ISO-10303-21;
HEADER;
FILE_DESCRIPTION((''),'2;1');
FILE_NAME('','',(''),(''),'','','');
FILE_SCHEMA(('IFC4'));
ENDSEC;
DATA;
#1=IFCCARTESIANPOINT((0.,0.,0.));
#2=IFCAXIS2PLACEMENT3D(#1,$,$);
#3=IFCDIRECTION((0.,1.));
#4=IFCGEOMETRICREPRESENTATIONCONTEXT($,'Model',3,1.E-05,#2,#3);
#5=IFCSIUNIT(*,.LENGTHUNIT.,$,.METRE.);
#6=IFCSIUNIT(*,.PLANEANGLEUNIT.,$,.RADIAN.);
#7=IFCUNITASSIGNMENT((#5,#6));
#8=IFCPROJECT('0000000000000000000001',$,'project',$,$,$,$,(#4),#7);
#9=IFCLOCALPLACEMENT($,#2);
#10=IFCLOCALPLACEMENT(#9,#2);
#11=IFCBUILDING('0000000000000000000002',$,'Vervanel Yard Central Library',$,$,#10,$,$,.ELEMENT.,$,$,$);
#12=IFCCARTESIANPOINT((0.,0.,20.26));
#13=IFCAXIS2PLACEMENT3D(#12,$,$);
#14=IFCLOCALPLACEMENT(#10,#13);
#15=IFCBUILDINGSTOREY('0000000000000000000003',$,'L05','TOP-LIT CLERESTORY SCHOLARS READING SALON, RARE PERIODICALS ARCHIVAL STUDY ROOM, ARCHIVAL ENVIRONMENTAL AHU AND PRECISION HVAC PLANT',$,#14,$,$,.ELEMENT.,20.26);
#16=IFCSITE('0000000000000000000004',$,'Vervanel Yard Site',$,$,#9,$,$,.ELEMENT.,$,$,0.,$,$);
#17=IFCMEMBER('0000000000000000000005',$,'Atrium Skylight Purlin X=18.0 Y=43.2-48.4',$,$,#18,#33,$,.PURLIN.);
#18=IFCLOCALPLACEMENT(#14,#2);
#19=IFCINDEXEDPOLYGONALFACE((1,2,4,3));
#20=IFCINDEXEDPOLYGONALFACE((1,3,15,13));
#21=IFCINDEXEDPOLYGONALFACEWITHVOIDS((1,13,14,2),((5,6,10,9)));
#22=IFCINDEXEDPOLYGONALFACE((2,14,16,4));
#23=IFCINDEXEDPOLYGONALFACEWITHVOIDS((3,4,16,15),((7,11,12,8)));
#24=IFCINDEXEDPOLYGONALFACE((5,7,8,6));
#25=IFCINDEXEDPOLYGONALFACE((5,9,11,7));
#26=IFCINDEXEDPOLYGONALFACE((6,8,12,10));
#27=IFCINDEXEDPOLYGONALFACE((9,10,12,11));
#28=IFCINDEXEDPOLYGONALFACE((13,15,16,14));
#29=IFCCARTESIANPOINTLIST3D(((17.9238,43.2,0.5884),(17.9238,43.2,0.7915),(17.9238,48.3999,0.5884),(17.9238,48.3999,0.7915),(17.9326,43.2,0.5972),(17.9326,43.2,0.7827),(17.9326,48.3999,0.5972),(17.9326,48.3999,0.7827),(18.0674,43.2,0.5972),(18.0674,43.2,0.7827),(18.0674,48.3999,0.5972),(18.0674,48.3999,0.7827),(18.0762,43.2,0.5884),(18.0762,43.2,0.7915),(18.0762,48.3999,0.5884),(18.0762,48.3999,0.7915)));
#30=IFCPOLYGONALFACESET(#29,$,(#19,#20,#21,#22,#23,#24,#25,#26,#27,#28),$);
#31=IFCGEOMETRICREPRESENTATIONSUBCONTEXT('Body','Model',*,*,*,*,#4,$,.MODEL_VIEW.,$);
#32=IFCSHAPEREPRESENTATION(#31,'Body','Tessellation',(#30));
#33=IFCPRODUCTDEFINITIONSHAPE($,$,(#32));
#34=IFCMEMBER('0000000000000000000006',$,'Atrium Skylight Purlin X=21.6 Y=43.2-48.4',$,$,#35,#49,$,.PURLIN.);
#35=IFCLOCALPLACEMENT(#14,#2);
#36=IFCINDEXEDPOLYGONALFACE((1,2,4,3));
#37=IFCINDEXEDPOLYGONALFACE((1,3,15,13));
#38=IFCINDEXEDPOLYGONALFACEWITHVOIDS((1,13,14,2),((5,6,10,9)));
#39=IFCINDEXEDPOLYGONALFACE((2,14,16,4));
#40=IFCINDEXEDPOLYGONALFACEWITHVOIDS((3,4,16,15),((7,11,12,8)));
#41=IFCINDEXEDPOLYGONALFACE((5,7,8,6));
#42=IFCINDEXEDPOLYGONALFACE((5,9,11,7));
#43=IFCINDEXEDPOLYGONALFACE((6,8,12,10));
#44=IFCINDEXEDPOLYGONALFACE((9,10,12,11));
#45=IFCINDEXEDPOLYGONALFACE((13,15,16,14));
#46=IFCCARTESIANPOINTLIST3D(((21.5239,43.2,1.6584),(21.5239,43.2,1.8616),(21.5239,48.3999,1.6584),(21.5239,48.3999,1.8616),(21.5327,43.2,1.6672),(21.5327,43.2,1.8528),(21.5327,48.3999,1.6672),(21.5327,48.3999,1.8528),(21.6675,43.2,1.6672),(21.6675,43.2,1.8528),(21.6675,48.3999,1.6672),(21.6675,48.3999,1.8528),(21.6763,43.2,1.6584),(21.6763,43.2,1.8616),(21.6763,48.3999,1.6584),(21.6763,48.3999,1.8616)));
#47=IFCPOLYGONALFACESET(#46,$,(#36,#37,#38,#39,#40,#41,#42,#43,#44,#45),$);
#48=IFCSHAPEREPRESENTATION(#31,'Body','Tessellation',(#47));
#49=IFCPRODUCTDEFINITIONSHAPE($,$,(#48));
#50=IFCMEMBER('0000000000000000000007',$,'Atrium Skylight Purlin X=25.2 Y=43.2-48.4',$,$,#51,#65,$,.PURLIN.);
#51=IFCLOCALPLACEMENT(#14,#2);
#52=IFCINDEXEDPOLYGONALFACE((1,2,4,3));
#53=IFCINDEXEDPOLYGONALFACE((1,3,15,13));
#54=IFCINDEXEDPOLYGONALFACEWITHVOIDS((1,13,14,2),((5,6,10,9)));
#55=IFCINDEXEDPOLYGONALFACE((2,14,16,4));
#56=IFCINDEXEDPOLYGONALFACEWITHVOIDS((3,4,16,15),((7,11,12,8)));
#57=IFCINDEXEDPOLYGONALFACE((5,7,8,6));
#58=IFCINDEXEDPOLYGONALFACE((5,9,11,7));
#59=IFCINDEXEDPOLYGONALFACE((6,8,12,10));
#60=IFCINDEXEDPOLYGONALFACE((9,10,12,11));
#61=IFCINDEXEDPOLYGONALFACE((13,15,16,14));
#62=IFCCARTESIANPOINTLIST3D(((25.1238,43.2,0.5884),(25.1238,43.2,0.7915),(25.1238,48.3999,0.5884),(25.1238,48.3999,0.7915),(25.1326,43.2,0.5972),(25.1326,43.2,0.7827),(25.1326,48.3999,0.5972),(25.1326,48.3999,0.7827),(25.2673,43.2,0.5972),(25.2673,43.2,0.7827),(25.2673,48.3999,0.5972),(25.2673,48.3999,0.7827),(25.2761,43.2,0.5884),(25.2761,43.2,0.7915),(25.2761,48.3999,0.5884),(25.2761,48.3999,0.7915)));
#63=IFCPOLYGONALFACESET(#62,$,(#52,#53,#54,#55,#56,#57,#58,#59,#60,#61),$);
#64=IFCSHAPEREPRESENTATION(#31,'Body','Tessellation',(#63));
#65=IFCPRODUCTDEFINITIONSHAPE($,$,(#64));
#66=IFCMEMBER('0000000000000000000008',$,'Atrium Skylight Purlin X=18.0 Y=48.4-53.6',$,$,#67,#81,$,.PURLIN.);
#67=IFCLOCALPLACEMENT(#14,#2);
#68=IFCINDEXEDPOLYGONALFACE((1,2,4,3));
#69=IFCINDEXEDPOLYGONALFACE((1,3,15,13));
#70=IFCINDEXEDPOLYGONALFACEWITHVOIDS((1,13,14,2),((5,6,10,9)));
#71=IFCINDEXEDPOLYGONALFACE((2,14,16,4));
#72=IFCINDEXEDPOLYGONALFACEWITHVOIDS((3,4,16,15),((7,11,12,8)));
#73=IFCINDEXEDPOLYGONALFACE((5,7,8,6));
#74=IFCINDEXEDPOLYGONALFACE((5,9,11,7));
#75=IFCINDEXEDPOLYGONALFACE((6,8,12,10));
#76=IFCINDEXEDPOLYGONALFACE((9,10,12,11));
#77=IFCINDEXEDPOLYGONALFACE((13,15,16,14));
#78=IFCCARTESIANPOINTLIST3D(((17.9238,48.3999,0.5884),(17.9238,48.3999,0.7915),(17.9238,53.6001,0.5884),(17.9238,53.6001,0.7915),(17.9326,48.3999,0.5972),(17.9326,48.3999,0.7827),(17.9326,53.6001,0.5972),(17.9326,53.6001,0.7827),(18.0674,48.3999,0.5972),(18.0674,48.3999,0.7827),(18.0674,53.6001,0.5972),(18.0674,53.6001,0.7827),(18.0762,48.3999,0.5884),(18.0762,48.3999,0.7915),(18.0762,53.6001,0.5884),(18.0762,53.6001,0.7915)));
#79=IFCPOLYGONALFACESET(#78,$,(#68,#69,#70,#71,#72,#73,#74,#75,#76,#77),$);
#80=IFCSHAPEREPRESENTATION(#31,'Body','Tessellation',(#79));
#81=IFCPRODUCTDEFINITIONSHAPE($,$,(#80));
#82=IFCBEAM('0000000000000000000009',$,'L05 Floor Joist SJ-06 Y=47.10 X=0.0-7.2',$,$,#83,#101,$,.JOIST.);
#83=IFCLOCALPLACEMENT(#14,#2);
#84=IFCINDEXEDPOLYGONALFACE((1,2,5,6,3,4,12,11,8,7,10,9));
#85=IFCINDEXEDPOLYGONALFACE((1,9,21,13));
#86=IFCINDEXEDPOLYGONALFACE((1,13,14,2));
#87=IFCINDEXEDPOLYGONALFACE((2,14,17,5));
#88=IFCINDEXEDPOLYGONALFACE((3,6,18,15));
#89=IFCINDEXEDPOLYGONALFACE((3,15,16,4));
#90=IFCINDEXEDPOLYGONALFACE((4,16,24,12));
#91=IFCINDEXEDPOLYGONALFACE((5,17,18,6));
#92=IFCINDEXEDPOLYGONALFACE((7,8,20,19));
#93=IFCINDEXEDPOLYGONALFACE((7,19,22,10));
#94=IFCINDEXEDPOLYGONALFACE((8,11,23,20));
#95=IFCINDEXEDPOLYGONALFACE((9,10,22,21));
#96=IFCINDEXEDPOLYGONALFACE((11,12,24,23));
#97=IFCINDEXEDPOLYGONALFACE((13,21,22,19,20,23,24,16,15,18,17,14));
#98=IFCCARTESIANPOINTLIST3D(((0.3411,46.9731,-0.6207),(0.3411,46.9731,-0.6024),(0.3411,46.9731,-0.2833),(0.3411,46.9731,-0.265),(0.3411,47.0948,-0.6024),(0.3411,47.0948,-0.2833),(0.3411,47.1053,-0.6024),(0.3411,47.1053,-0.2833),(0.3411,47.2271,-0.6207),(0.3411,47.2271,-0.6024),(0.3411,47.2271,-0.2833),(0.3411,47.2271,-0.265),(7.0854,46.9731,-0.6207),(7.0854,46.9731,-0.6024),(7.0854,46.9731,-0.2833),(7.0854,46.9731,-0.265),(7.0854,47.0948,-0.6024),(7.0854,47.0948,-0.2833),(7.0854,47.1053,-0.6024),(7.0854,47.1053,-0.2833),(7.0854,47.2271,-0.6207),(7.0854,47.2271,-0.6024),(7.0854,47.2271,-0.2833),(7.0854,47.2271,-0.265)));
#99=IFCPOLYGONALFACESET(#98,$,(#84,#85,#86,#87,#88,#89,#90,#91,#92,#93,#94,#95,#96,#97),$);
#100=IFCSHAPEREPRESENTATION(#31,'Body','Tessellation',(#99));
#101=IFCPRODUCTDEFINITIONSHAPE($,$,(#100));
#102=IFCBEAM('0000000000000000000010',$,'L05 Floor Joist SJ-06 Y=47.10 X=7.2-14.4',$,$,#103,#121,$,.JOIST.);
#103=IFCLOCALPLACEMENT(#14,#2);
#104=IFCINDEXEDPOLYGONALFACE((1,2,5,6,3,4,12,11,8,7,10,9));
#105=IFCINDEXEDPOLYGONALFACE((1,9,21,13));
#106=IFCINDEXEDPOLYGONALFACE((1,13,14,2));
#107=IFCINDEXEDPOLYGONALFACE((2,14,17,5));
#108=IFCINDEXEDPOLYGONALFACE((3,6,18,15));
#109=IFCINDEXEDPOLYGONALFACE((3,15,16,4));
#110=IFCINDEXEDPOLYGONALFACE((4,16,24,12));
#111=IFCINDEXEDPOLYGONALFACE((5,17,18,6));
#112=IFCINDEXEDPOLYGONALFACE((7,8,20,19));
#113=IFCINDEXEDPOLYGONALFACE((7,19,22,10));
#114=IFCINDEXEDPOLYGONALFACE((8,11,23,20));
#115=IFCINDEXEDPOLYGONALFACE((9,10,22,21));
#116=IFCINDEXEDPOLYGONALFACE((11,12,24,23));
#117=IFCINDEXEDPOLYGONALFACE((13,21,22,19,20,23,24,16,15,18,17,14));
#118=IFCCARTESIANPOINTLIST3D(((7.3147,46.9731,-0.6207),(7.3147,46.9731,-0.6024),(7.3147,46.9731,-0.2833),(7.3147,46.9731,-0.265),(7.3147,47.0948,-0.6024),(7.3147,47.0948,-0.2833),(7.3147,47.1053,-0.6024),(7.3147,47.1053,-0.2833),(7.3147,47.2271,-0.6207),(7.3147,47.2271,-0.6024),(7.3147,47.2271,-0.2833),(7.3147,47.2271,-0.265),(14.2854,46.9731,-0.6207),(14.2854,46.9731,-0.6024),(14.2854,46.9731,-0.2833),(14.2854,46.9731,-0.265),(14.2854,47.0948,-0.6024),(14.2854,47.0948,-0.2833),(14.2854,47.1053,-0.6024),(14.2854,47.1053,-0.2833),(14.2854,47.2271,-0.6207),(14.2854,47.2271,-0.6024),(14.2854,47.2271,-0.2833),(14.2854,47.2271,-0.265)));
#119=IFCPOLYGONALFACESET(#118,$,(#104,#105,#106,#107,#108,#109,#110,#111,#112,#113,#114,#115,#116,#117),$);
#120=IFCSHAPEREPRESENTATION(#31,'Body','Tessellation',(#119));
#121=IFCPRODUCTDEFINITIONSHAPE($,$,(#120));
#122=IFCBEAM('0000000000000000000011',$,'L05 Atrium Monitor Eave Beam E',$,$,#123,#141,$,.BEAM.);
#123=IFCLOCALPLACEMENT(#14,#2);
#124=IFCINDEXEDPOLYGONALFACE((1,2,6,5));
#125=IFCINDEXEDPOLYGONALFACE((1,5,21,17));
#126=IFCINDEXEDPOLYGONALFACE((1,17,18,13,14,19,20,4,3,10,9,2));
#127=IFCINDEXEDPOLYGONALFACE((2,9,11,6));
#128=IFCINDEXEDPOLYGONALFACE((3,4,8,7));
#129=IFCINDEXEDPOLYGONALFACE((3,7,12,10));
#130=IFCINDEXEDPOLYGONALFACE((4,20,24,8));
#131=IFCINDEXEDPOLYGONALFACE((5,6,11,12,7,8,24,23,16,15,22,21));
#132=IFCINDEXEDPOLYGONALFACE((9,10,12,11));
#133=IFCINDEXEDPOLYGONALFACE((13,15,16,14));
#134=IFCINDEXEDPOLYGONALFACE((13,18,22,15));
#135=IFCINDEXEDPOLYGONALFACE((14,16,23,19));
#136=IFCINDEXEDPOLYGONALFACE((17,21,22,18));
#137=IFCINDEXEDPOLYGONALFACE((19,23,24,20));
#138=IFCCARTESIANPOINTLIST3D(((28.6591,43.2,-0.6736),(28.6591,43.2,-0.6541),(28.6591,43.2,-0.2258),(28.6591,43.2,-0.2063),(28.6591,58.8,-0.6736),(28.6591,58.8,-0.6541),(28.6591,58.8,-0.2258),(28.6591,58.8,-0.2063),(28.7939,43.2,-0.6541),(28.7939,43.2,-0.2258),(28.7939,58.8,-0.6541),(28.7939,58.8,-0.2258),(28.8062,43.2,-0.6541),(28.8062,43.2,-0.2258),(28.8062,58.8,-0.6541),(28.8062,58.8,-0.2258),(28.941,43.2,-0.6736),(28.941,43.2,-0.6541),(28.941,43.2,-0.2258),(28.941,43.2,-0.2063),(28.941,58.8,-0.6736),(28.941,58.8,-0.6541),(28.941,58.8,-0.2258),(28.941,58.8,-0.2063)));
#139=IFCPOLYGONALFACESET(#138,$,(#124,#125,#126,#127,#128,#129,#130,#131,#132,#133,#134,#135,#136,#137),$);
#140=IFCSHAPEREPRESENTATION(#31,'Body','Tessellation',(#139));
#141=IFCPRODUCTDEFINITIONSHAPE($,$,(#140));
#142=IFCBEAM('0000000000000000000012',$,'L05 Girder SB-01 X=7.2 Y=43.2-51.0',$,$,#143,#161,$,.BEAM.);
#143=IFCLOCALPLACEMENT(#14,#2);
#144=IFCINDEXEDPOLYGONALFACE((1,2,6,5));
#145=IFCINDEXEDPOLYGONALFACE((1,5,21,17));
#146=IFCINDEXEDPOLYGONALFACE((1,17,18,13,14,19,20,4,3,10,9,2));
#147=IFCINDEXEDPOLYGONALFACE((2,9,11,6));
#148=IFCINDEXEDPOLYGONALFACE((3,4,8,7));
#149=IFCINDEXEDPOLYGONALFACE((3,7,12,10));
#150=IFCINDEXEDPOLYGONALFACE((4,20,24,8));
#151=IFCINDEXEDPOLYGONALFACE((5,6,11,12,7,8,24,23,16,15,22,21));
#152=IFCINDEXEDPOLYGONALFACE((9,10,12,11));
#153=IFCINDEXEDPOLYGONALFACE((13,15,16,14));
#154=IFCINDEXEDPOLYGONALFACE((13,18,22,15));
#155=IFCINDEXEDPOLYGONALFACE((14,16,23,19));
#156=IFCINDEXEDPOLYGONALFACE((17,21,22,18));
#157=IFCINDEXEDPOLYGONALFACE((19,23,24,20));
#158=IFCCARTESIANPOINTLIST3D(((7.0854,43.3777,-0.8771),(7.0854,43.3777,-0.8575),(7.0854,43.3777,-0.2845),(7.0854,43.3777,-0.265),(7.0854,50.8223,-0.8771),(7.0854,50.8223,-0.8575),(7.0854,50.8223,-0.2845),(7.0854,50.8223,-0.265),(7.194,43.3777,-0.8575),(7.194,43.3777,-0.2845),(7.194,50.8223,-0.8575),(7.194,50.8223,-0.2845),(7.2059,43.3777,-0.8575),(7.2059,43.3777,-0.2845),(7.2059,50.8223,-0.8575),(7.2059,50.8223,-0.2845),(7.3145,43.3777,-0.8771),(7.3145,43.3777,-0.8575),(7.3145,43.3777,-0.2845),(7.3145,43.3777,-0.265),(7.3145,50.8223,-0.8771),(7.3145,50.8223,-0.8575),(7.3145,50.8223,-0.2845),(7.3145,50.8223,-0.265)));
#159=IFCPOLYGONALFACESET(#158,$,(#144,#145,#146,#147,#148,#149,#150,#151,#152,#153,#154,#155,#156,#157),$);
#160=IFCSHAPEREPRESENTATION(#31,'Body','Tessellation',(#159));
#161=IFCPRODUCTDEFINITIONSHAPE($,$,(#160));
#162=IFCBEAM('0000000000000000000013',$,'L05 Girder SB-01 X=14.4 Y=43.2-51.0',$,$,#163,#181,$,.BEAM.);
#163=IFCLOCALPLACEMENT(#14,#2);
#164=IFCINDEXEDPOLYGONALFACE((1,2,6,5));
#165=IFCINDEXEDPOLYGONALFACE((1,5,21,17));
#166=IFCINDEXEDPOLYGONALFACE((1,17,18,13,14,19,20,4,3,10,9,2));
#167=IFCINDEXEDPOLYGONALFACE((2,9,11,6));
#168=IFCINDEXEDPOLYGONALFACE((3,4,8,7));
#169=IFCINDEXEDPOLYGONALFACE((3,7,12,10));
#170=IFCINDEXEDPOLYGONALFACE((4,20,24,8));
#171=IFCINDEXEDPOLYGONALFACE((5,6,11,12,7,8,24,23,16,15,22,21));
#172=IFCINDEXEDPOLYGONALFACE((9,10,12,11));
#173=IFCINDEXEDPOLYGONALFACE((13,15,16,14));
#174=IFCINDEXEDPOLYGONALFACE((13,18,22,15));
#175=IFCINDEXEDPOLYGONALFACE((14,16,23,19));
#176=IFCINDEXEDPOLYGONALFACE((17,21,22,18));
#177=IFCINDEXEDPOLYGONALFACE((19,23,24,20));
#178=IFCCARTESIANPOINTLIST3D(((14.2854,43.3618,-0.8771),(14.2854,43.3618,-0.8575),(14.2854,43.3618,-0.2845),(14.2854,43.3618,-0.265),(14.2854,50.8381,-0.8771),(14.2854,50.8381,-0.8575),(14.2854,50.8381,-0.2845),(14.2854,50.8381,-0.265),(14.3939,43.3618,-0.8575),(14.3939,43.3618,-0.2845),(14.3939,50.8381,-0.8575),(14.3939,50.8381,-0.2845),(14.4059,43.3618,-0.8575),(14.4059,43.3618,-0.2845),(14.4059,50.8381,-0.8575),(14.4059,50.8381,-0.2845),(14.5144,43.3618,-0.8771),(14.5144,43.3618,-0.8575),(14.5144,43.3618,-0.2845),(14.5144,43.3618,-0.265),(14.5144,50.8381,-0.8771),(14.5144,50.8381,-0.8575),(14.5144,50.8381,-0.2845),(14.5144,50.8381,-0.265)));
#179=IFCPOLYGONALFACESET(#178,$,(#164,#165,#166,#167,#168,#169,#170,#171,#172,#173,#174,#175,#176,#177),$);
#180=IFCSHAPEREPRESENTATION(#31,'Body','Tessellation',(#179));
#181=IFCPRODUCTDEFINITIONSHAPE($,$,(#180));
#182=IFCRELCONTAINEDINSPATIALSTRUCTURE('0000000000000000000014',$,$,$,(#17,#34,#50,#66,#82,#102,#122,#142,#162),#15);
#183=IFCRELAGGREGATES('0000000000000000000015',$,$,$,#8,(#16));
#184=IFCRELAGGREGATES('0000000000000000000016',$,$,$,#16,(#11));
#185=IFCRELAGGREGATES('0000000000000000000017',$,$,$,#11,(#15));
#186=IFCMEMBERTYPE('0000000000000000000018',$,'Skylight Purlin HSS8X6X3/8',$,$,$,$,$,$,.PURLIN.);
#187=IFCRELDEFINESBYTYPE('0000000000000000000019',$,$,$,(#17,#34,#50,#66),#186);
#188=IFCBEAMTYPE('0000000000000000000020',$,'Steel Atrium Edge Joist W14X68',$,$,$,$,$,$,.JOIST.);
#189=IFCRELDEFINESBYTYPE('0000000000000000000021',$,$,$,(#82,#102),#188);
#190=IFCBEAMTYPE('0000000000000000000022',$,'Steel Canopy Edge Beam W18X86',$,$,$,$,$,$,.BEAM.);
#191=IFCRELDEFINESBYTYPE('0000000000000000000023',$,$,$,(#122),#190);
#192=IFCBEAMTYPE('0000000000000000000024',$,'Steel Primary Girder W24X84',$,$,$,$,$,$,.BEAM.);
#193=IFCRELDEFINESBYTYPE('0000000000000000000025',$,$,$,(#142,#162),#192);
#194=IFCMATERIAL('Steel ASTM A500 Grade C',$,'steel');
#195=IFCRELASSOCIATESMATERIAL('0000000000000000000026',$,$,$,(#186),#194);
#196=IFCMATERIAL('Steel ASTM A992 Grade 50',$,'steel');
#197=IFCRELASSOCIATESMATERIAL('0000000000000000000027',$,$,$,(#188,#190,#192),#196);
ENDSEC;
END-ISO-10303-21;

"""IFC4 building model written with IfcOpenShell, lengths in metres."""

from ifc_helpers import new_model, si_unit, direction, frame, origin, origin_2d, place, context, subcontext, project, spatial, hollow_rectangle, i_section, extrude, material, material_profile, profile_set, type_object, element, save


model = new_model("IFC4")

# Units and contexts
model_context = context("Model", 3, precision=1e-05, world=origin(), true_north=direction((0.0, 1.0)))
body_context = subcontext(model_context, "Body", "Model", "MODEL_VIEW")
ifc_project = project(units=[si_unit("LENGTHUNIT", "METRE"), si_unit("PLANEANGLEUNIT", "RADIAN")], contexts=[model_context])

# Site, building, storey
site_placement = place(None, origin())
site = spatial("IfcSite", under=ifc_project, at=site_placement, Name="Vervanel Yard Site", CompositionType="ELEMENT", RefElevation=0.0)
building_placement = place(site_placement, origin())
building = spatial("IfcBuilding", under=site, at=building_placement, Name="Vervanel Yard Central Library", CompositionType="ELEMENT")
storey_placement = place(building_placement, frame((0.0, 0.0, 20.26)))
storey = spatial("IfcBuildingStorey", under=building, at=storey_placement, Name="L05", Description="TOP-LIT CLERESTORY SCHOLARS READING SALON, RARE PERIODICALS ARCHIVAL STUDY ROOM, ARCHIVAL ENVIRONMENTAL AHU AND PRECISION HVAC PLANT", CompositionType="ELEMENT", Elevation=20.26)

# Members
ifc_material_1 = material(Name="Steel ASTM A500 Grade C", Category="steel")
ifc_material_profile_1 = material_profile(ifc_material_1, hollow_rectangle(XDim=0.1523, YDim=0.2031, WallThickness=0.0088, at=origin_2d()), Name="HSS8X6X3/8", Category="steel")
ifc_profile_set_1 = profile_set([ifc_material_profile_1], Name="Steel ASTM A500 Grade C")
member_type_1 = type_object("IfcMemberType", Name="Skylight Purlin HSS8X6X3/8", PredefinedType="PURLIN", material=ifc_profile_set_1)
for number, where, z_axis, x_axis, name in (
    (1, (18.0, 43.2, 0.6899), (0.0, 1.0, 0.0), (-1.0, 0.0, 0.0), "Atrium Skylight Purlin X=18.0 Y=43.2-48.4"),
    (2, (21.6001, 43.2, 1.76), (0.0, 1.0, 0.0), (-1.0, 0.0, 0.0), "Atrium Skylight Purlin X=21.6 Y=43.2-48.4"),
    (3, (25.2, 43.2, 0.6899), (0.0, 1.0, 0.0), (-1.0, 0.0, 0.0), "Atrium Skylight Purlin X=25.2 Y=43.2-48.4"),
):
    element("IfcMember", number, at=place(storey_placement, frame(where, z_axis=z_axis, x_axis=x_axis)), inside=storey, type_object=member_type_1, Name=name, PredefinedType="PURLIN", context=body_context, shape_type="SweptSolid", body=[
        extrude(hollow_rectangle(XDim=0.1523, YDim=0.2031, WallThickness=0.0088, at=origin_2d()), origin(), (0.0, 0.0, 1.0), 5.2),
    ])
member_1_placement = place(storey_placement, frame((18.0, 48.3999, 0.6899), z_axis=(0.0, 1.0, 0.0), x_axis=(-1.0, 0.0, 0.0)))
element("IfcMember", 4, at=member_1_placement, inside=storey, type_object=member_type_1, Name="Atrium Skylight Purlin X=18.0 Y=48.4-53.6", PredefinedType="PURLIN", context=body_context, shape_type="SweptSolid", body=[
    extrude(hollow_rectangle(XDim=0.1523, YDim=0.2031, WallThickness=0.0088, at=origin_2d()), origin(), (0.0, 0.0, 1.0), 5.2002),
])

# Beams
ifc_material_2 = material(Name="Steel ASTM A992 Grade 50", Category="steel")
ifc_material_profile_2 = material_profile(ifc_material_2, i_section(OverallWidth=0.2539, OverallDepth=0.3557, WebThickness=0.0105, FlangeThickness=0.0183, at=origin_2d()), Name="W14X68", Category="steel")
ifc_profile_set_2 = profile_set([ifc_material_profile_2], Name="Steel ASTM A992 Grade 50")
beam_type_1 = type_object("IfcBeamType", Name="Steel Atrium Edge Joist W14X68", PredefinedType="JOIST", material=ifc_profile_set_2)
beam_1_placement = place(storey_placement, frame((0.3411, 47.1001, -0.4429), z_axis=(1.0, 0.0, 0.0), x_axis=(0.0, 1.0, 0.0)))
element("IfcBeam", 5, at=beam_1_placement, inside=storey, type_object=beam_type_1, Name="L05 Floor Joist SJ-06 Y=47.10 X=0.0-7.2", PredefinedType="JOIST", context=body_context, shape_type="SweptSolid", body=[
    extrude(i_section(OverallWidth=0.2539, OverallDepth=0.3557, WebThickness=0.0105, FlangeThickness=0.0183, at=origin_2d()), origin(), (0.0, 0.0, 1.0), 6.7444),
])
beam_2_placement = place(storey_placement, frame((7.3147, 47.1001, -0.4429), z_axis=(1.0, 0.0, 0.0), x_axis=(0.0, 1.0, 0.0)))
element("IfcBeam", 6, at=beam_2_placement, inside=storey, type_object=beam_type_1, Name="L05 Floor Joist SJ-06 Y=47.10 X=7.2-14.4", PredefinedType="JOIST", context=body_context, shape_type="SweptSolid", body=[
    extrude(i_section(OverallWidth=0.2539, OverallDepth=0.3557, WebThickness=0.0105, FlangeThickness=0.0183, at=origin_2d()), origin(), (0.0, 0.0, 1.0), 6.9707),
])
ifc_material_profile_3 = material_profile(ifc_material_2, i_section(OverallWidth=0.282, OverallDepth=0.4673, WebThickness=0.0122, FlangeThickness=0.0195, at=origin_2d()), Name="W18X86", Category="steel")
ifc_profile_set_3 = profile_set([ifc_material_profile_3], Name="Steel ASTM A992 Grade 50")
beam_type_2 = type_object("IfcBeamType", Name="Steel Canopy Edge Beam W18X86", PredefinedType="BEAM", material=ifc_profile_set_3)
beam_3_placement = place(storey_placement, frame((28.8, 43.2, -0.4399), z_axis=(0.0, 1.0, 0.0), x_axis=(-1.0, 0.0, 0.0)))
element("IfcBeam", 7, at=beam_3_placement, inside=storey, type_object=beam_type_2, Name="L05 Atrium Monitor Eave Beam E", PredefinedType="BEAM", context=body_context, shape_type="SweptSolid", body=[
    extrude(i_section(OverallWidth=0.282, OverallDepth=0.4673, WebThickness=0.0122, FlangeThickness=0.0195, at=origin_2d()), origin(), (0.0, 0.0, 1.0), 15.6001),
])
ifc_material_profile_4 = material_profile(ifc_material_2, i_section(OverallWidth=0.229, OverallDepth=0.6121, WebThickness=0.012, FlangeThickness=0.0195, at=origin_2d()), Name="W24X84", Category="steel")
ifc_profile_set_4 = profile_set([ifc_material_profile_4], Name="Steel ASTM A992 Grade 50")
beam_type_3 = type_object("IfcBeamType", Name="Steel Primary Girder W24X84", PredefinedType="BEAM", material=ifc_profile_set_4)
beam_4_placement = place(storey_placement, frame((7.2, 43.3777, -0.571), z_axis=(0.0, 1.0, 0.0), x_axis=(-1.0, 0.0, 0.0)))
element("IfcBeam", 8, at=beam_4_placement, inside=storey, type_object=beam_type_3, Name="L05 Girder SB-01 X=7.2 Y=43.2-51.0", PredefinedType="BEAM", context=body_context, shape_type="SweptSolid", body=[
    extrude(i_section(OverallWidth=0.229, OverallDepth=0.6121, WebThickness=0.012, FlangeThickness=0.0195, at=origin_2d()), origin(), (0.0, 0.0, 1.0), 7.4446),
])
beam_5_placement = place(storey_placement, frame((14.3999, 43.3618, -0.571), z_axis=(0.0, 1.0, 0.0), x_axis=(-1.0, 0.0, 0.0)))
element("IfcBeam", 9, at=beam_5_placement, inside=storey, type_object=beam_type_3, Name="L05 Girder SB-01 X=14.4 Y=43.2-51.0", PredefinedType="BEAM", context=body_context, shape_type="SweptSolid", body=[
    extrude(i_section(OverallWidth=0.229, OverallDepth=0.6121, WebThickness=0.012, FlangeThickness=0.0195, at=origin_2d()), origin(), (0.0, 0.0, 1.0), 7.4763),
])

save(model, "model.ifc")
